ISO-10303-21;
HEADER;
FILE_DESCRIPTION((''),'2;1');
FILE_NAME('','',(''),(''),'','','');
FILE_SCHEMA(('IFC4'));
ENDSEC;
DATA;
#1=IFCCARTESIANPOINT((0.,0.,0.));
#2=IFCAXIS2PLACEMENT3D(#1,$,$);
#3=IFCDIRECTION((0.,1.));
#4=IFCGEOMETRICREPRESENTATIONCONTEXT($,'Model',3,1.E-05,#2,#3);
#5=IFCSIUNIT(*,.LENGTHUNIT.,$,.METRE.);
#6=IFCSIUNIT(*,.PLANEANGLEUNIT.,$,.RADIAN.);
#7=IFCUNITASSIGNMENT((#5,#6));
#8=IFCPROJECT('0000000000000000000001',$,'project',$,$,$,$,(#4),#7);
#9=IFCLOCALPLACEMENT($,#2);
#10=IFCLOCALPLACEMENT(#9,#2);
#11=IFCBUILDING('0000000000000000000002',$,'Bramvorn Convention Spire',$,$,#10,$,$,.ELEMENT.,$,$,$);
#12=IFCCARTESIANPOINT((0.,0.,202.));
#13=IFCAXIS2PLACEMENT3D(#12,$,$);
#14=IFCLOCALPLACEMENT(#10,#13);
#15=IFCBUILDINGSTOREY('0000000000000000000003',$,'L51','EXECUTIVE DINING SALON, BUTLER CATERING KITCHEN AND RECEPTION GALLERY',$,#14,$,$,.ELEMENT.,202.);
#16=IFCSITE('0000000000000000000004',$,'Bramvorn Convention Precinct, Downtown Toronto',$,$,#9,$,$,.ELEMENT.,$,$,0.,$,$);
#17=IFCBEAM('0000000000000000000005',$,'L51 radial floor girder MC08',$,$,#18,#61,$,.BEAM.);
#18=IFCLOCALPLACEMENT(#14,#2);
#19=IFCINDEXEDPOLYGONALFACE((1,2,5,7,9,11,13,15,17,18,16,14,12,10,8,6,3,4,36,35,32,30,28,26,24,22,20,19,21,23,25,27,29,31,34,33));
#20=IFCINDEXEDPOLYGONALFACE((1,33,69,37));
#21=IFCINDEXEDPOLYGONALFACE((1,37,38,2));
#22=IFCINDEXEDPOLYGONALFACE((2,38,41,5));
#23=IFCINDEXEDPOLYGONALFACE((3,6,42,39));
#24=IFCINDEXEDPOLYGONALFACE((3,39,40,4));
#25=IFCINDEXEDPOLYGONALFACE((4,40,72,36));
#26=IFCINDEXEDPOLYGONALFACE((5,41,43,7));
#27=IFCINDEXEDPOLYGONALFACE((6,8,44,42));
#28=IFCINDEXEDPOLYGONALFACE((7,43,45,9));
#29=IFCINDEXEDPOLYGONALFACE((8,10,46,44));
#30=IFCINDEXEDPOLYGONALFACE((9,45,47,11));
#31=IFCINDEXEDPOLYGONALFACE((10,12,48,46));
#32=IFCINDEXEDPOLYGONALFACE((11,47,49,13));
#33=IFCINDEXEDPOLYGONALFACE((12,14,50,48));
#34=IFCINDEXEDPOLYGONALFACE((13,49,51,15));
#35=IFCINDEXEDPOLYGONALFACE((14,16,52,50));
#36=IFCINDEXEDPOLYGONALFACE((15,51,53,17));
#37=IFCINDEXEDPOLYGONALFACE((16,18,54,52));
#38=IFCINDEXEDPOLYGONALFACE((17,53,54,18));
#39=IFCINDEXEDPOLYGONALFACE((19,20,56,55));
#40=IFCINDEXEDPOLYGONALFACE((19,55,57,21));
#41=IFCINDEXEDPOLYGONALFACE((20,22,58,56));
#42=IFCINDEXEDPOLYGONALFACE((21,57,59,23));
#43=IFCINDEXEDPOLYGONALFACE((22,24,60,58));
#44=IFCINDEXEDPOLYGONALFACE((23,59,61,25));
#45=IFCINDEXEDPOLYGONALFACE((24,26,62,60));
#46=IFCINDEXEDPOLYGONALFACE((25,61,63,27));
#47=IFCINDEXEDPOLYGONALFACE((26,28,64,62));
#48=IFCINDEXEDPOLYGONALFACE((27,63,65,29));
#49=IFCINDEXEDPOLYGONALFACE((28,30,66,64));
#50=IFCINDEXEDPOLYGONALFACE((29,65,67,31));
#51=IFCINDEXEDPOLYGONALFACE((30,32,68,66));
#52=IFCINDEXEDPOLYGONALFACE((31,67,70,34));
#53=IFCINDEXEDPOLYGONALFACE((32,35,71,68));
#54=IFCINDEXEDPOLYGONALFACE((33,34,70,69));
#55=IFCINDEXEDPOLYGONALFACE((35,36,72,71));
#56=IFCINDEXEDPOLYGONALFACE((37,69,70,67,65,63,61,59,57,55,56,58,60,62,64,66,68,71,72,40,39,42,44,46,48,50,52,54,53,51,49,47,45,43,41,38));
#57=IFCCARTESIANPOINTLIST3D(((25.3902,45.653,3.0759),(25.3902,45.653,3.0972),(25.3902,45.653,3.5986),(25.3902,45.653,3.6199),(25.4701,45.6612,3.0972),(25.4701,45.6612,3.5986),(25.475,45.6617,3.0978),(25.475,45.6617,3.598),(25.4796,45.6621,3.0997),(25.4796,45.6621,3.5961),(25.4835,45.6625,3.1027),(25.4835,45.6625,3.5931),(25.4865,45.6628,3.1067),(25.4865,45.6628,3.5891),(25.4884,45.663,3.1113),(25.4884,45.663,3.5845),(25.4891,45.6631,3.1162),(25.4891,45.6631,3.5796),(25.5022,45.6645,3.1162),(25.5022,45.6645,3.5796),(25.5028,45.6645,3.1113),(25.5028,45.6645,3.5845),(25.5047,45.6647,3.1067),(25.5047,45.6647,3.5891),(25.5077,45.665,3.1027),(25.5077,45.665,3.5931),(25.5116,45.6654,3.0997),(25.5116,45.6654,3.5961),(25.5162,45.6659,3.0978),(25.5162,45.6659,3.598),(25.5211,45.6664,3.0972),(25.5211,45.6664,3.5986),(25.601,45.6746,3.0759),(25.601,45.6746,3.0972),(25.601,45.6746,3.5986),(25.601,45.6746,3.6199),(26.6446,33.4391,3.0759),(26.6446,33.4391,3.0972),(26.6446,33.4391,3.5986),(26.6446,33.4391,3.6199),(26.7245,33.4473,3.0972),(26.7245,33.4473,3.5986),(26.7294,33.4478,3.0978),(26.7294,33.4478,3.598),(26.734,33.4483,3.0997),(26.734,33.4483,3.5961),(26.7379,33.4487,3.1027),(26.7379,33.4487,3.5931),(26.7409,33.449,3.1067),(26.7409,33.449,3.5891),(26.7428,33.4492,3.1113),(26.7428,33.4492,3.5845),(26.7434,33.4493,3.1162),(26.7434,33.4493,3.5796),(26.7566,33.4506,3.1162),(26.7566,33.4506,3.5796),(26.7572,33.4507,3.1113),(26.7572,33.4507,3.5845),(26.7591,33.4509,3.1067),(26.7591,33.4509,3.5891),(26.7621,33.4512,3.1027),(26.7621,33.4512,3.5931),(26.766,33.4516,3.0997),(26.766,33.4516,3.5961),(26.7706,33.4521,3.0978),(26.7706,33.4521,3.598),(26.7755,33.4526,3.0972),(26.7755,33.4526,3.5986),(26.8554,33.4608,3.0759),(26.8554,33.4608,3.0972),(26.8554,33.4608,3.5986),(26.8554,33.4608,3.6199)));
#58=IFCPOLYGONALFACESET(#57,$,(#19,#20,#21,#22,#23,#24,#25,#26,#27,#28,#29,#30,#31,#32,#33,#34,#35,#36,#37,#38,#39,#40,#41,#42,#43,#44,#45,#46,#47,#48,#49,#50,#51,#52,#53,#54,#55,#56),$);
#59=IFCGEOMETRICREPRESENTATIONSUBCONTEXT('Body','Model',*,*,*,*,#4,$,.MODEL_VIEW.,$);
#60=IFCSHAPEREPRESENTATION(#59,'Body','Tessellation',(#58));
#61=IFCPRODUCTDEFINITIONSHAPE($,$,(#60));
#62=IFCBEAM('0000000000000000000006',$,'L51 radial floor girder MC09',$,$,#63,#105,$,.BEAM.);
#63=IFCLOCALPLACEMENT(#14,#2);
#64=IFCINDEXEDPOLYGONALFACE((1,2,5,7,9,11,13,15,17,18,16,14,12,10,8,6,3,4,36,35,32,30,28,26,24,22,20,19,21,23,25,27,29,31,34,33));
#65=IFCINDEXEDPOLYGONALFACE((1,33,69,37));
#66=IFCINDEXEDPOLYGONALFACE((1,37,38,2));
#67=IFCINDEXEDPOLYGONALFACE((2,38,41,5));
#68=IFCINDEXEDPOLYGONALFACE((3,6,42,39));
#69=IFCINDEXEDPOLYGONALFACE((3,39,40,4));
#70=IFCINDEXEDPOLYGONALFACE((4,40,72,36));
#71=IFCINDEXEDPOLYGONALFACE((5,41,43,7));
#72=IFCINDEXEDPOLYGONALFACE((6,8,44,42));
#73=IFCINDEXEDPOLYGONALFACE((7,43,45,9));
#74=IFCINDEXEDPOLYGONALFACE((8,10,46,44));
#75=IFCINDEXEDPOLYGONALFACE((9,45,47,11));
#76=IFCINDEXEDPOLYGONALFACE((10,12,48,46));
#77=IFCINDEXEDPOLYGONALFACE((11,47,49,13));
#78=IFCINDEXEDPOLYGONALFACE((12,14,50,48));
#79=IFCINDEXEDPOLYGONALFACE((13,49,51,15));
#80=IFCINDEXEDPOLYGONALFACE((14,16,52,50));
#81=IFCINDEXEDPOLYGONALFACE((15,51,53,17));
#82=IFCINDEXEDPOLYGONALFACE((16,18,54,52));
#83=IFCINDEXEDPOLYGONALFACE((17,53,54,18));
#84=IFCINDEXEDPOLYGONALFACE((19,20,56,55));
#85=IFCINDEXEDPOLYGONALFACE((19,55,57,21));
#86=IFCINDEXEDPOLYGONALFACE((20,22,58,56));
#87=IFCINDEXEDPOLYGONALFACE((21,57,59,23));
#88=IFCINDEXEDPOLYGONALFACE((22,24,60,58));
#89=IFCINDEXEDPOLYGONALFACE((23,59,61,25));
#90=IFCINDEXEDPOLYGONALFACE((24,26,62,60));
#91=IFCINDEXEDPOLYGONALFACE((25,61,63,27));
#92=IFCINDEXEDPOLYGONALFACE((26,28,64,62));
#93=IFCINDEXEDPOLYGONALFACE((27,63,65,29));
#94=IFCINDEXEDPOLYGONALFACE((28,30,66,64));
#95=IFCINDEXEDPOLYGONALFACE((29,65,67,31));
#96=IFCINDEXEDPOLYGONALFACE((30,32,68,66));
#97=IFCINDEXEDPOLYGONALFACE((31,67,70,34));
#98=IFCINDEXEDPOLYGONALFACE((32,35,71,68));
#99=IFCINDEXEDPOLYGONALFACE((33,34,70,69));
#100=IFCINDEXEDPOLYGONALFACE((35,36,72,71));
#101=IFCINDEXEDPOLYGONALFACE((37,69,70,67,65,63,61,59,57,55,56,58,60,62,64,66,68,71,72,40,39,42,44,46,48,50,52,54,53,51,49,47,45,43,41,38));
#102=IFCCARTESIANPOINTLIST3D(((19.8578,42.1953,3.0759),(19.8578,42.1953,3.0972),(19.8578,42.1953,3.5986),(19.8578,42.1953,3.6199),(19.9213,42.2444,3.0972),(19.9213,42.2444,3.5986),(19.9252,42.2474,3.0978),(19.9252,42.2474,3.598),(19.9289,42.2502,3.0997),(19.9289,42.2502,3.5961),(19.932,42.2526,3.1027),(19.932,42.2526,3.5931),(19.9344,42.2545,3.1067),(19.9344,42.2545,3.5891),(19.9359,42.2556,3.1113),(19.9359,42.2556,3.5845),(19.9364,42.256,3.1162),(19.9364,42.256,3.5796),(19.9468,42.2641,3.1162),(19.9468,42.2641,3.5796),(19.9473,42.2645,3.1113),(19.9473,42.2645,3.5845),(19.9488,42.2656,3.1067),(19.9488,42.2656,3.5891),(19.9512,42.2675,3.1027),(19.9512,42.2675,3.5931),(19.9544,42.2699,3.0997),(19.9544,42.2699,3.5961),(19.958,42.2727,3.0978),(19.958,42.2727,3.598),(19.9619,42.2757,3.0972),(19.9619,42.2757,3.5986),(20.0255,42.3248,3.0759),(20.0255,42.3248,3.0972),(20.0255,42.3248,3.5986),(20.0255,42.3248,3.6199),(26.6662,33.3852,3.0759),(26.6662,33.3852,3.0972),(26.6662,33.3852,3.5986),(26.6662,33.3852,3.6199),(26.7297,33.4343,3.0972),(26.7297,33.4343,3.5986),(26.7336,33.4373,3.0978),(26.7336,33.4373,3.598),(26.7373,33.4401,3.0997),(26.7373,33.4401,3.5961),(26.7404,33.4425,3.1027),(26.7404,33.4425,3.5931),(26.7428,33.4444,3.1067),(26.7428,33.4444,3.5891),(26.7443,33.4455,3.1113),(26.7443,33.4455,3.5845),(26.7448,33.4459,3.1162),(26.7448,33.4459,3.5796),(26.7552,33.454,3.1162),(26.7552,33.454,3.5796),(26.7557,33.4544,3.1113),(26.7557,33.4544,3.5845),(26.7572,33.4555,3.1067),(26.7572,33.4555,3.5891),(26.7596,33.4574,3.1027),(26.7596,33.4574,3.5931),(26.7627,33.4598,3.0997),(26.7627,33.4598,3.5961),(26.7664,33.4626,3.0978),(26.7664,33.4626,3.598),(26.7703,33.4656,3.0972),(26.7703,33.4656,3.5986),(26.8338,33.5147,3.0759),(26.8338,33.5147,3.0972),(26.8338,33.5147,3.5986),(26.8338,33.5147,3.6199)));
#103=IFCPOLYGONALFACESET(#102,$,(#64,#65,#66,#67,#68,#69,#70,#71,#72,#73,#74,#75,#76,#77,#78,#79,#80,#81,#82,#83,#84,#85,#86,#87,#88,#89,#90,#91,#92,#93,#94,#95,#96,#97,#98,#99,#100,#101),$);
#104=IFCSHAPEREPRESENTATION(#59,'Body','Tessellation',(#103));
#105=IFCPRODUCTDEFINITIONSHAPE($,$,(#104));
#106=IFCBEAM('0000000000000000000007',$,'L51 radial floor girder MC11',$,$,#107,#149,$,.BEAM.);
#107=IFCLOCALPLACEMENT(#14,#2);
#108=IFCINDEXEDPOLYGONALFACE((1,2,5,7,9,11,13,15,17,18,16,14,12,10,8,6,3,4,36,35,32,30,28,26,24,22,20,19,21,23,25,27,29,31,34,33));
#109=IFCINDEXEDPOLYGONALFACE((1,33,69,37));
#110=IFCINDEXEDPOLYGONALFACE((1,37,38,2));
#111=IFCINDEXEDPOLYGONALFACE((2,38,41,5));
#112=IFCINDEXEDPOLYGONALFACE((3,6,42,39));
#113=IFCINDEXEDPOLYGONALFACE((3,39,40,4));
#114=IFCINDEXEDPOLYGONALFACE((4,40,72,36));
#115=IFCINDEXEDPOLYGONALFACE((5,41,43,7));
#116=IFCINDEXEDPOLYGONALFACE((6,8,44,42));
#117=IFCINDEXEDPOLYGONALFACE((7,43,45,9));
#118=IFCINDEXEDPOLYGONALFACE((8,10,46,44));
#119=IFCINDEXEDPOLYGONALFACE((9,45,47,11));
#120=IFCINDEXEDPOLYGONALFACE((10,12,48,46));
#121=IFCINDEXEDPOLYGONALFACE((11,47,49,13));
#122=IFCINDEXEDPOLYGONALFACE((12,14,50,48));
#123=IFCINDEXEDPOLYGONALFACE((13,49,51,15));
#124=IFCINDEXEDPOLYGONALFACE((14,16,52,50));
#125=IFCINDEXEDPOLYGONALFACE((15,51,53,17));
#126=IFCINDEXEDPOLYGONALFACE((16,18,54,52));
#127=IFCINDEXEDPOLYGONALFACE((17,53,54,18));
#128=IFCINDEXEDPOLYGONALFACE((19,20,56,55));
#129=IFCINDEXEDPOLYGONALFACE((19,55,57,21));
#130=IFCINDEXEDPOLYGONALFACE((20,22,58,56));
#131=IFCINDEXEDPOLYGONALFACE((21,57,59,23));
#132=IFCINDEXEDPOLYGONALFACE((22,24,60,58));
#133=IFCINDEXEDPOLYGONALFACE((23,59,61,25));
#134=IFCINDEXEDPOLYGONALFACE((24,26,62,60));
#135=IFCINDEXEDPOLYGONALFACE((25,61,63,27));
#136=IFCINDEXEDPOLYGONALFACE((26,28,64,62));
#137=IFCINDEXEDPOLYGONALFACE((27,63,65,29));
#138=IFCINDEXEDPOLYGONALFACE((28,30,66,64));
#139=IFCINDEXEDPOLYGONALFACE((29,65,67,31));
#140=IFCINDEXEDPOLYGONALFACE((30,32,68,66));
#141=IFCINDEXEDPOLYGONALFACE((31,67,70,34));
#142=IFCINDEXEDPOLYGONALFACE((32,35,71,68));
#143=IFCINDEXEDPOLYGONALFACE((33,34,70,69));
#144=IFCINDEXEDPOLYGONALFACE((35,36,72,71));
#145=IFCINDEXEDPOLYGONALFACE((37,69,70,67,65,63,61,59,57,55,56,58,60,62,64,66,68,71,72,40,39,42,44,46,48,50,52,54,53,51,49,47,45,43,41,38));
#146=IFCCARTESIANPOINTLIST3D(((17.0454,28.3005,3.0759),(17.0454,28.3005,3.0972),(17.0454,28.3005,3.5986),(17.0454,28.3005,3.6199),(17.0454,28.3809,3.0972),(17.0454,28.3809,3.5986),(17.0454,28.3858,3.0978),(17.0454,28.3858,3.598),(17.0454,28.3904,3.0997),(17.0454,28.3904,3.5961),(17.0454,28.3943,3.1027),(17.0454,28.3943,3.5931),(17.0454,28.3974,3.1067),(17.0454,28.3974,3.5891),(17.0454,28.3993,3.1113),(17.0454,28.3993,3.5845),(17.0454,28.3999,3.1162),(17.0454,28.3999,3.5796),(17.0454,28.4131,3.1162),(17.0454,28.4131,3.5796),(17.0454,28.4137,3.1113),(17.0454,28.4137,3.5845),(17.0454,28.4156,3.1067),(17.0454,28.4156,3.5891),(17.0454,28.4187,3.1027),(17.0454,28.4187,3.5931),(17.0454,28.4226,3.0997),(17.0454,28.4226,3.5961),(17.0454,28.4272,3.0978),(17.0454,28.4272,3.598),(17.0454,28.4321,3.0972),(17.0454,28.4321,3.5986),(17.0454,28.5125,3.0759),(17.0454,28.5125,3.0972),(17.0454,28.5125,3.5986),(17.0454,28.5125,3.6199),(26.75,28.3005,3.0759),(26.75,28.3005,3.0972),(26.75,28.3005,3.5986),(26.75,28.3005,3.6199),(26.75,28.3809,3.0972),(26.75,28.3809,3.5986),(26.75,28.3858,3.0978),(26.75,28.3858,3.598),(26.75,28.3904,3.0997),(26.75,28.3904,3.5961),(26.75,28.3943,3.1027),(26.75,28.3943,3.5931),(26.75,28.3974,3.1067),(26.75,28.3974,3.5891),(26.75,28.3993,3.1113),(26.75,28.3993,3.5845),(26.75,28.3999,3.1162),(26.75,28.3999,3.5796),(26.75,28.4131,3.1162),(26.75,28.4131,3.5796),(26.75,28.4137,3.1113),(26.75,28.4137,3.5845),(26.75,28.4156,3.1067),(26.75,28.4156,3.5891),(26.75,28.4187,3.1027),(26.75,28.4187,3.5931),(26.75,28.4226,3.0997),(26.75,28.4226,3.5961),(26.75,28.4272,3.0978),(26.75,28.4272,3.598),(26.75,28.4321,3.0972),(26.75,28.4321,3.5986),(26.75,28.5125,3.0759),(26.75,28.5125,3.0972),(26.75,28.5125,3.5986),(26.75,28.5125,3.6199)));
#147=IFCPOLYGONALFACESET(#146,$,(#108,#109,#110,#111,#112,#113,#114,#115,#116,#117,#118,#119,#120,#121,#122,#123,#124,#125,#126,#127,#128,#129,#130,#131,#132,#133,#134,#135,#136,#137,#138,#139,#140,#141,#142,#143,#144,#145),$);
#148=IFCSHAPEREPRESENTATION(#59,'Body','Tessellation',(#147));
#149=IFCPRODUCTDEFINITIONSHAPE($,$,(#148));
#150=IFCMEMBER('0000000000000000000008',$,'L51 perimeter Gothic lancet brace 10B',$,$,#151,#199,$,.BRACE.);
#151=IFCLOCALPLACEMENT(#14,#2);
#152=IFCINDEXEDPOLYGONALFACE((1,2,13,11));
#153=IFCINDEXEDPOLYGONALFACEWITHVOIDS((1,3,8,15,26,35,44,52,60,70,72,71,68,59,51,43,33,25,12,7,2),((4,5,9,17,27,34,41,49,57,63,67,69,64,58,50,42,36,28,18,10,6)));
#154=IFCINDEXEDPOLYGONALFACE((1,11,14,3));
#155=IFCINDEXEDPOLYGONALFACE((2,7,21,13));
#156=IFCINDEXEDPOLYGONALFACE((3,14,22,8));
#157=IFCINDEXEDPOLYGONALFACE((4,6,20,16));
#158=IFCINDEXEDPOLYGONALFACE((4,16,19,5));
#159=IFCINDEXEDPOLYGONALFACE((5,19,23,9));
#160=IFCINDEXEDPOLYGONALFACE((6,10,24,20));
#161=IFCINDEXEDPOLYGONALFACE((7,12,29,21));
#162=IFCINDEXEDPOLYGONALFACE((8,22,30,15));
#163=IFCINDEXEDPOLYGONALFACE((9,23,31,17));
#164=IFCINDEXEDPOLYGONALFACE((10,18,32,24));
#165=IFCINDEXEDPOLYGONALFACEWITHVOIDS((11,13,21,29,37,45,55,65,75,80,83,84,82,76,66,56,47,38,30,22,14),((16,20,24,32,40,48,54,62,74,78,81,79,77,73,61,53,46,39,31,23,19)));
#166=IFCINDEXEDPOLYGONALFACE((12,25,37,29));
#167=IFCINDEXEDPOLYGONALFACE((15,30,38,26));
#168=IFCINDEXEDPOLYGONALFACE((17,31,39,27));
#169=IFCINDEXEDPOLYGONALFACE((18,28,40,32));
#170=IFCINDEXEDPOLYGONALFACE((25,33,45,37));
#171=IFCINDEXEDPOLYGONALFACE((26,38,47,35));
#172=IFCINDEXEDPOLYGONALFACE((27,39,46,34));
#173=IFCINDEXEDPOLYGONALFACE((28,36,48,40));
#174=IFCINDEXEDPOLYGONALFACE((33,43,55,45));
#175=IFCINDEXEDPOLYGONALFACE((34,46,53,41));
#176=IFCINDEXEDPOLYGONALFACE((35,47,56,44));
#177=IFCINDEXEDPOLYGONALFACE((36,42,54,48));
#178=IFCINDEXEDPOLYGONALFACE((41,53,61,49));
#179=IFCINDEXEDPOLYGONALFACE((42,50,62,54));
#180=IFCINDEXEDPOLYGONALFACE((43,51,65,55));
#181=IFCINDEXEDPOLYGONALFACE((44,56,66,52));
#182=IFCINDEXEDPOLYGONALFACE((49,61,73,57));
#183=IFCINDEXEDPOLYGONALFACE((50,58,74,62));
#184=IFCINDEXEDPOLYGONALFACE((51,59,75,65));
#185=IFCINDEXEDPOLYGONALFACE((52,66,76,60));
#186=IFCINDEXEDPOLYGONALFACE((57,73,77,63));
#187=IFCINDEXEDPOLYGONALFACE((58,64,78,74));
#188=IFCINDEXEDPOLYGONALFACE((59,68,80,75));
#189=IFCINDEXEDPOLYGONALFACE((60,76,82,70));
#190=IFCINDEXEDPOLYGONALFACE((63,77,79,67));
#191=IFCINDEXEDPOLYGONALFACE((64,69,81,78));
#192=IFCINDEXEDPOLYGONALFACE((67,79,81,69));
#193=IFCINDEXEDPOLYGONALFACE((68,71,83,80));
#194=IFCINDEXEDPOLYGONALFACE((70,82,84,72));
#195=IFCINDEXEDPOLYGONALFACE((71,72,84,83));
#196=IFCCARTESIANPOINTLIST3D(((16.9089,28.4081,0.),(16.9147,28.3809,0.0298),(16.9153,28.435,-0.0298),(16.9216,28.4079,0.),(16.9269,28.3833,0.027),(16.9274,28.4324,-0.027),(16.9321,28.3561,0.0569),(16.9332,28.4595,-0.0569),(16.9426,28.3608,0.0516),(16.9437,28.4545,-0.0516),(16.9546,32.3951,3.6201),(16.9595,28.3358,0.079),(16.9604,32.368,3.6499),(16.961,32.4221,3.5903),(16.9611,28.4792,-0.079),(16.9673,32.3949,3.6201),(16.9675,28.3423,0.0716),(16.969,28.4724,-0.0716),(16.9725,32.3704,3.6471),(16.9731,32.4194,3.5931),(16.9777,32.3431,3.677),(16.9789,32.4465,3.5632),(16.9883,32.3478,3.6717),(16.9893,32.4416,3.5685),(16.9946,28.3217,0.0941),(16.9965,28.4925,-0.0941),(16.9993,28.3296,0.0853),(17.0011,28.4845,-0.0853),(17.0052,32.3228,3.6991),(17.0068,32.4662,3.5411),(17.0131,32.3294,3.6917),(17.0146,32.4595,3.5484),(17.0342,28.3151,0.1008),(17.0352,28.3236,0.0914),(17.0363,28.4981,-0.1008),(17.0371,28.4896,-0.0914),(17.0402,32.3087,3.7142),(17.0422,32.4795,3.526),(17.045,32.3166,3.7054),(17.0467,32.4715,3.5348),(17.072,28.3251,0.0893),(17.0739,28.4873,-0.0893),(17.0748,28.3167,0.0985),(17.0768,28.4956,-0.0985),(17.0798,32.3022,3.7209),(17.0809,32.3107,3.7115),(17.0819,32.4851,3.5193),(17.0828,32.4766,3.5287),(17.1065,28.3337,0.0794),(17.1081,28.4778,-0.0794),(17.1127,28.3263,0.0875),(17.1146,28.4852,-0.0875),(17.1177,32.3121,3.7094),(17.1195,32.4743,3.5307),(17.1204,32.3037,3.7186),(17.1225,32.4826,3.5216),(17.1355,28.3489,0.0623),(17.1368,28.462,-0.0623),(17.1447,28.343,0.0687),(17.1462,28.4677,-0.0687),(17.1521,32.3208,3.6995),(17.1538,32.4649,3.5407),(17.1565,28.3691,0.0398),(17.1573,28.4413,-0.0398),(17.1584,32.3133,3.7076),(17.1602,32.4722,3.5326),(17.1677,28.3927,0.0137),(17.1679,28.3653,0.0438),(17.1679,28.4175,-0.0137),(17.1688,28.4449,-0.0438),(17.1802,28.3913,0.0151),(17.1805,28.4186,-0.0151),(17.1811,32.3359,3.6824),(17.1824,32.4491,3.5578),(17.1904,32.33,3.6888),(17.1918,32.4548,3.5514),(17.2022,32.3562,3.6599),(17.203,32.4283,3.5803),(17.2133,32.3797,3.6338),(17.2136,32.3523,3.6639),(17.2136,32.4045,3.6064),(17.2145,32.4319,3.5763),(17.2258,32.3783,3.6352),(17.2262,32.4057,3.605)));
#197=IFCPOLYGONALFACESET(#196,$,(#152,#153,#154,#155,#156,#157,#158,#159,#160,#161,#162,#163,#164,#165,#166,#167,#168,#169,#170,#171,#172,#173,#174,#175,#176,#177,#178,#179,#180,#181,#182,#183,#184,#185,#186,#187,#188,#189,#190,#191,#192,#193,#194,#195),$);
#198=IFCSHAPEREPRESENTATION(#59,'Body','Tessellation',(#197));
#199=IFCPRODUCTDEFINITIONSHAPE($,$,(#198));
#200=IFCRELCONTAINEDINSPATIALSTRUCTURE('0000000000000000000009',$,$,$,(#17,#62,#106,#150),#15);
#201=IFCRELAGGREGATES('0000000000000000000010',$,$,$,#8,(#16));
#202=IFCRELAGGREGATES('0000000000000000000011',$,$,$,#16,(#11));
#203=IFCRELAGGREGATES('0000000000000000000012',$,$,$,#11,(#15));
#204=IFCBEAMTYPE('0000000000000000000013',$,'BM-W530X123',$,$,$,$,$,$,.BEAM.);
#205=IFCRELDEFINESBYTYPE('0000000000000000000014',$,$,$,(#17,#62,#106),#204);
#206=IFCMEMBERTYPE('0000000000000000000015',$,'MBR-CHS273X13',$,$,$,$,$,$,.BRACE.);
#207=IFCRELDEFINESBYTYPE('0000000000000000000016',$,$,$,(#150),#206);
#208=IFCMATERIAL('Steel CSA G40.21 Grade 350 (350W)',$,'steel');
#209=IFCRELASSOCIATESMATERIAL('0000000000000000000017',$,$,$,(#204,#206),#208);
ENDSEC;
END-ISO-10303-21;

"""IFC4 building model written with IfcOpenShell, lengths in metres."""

from ifc_helpers import new_model, si_unit, direction, frame, origin, origin_2d, place, context, subcontext, project, spatial, hollow_circle, i_section, extrude, material, material_profile, profile_set, type_object, element, save


model = new_model("IFC4")

# Units and contexts
model_context = context("Model", 3, precision=1e-05, world=origin(), true_north=direction((0.0, 1.0)))
body_context = subcontext(model_context, "Body", "Model", "MODEL_VIEW")
ifc_project = project(units=[si_unit("LENGTHUNIT", "METRE"), si_unit("PLANEANGLEUNIT", "RADIAN")], contexts=[model_context])

# Site, building, storey
site_placement = place(None, origin())
site = spatial("IfcSite", under=ifc_project, at=site_placement, Name="Bramvorn Convention Precinct, Downtown Toronto", CompositionType="ELEMENT", RefElevation=0.0)
building_placement = place(site_placement, origin())
building = spatial("IfcBuilding", under=site, at=building_placement, Name="Bramvorn Convention Spire", CompositionType="ELEMENT")
storey_placement = place(building_placement, frame((0.0, 0.0, 202.0)))
storey = spatial("IfcBuildingStorey", under=building, at=storey_placement, Name="L51", Description="EXECUTIVE DINING SALON, BUTLER CATERING KITCHEN AND RECEPTION GALLERY", CompositionType="ELEMENT", Elevation=202.0)

# Shared definitions
ifc_material_1 = material(Name="Steel CSA G40.21 Grade 350 (350W)", Category="steel")

# Beams
ifc_material_profile_1 = material_profile(ifc_material_1, i_section(OverallWidth=0.2119, OverallDepth=0.5439, WebThickness=0.0132, FlangeThickness=0.0212, FilletRadius=0.019, at=origin_2d()))
ifc_profile_set_1 = profile_set([ifc_material_profile_1], Name="Steel CSA G40.21 Grade 350 (350W) - W530X123")
beam_type_1 = type_object("IfcBeamType", Name="BM-W530X123", PredefinedType="BEAM", material=ifc_profile_set_1)
beam_1_placement = place(storey_placement, frame((26.75, 33.45, 3.3479), z_axis=(-0.102165, 0.994767, 0.0), x_axis=(-0.994767, -0.102165, 0.0)))
element("IfcBeam", 1, at=beam_1_placement, inside=storey, type_object=beam_type_1, Name="L51 radial floor girder MC08", PredefinedType="BEAM", context=body_context, shape_type="SweptSolid", body=[
    extrude(i_section(OverallWidth=0.2119, OverallDepth=0.5439, WebThickness=0.0132, FlangeThickness=0.0212, FilletRadius=0.019, at=origin_2d()), origin(), (0.0, 0.0, 1.0), 12.2781),
])
beam_2_placement = place(storey_placement, frame((26.75, 33.45, 3.3479), z_axis=(-0.61148, 0.79126, 0.0), x_axis=(-0.79126, -0.61148, 0.0)))
element("IfcBeam", 2, at=beam_2_placement, inside=storey, type_object=beam_type_1, Name="L51 radial floor girder MC09", PredefinedType="BEAM", context=body_context, shape_type="SweptSolid", body=[
    extrude(i_section(OverallWidth=0.2119, OverallDepth=0.5439, WebThickness=0.0132, FlangeThickness=0.0212, FilletRadius=0.019, at=origin_2d()), origin(), (0.0, 0.0, 1.0), 11.1343),
])
beam_3_placement = place(storey_placement, frame((26.75, 28.4065, 3.3479), z_axis=(-1.0, 0.0, 0.0), x_axis=(0.0, -1.0, 0.0)))
element("IfcBeam", 3, at=beam_3_placement, inside=storey, type_object=beam_type_1, Name="L51 radial floor girder MC11", PredefinedType="BEAM", context=body_context, shape_type="SweptSolid", body=[
    extrude(i_section(OverallWidth=0.2119, OverallDepth=0.5439, WebThickness=0.0132, FlangeThickness=0.0212, FilletRadius=0.019, at=origin_2d()), origin(), (0.0, 0.0, 1.0), 9.7046),
])

# Member
ifc_material_profile_2 = material_profile(ifc_material_1, hollow_circle(Radius=0.1365, WallThickness=0.0127, at=origin_2d()))
ifc_profile_set_2 = profile_set([ifc_material_profile_2], Name="Steel CSA G40.21 Grade 350 (350W) - CHS273X13")
member_type = type_object("IfcMemberType", Name="MBR-CHS273X13", PredefinedType="BRACE", material=ifc_profile_set_2)
member_placement = place(storey_placement, frame((17.0454, 28.4065, 0.0), z_axis=(0.008477, 0.740328, 0.672193), x_axis=(-0.999934, 0.01145, 0.0)))
element("IfcMember", 4, at=member_placement, inside=storey, type_object=member_type, Name="L51 perimeter Gothic lancet brace 10B", PredefinedType="BRACE", context=body_context, shape_type="SweptSolid", body=[
    extrude(hollow_circle(Radius=0.1365, WallThickness=0.0127, at=origin_2d()), origin(), (0.0, 0.0, 1.0), 5.3855),
])

save(model, "model.ifc")
